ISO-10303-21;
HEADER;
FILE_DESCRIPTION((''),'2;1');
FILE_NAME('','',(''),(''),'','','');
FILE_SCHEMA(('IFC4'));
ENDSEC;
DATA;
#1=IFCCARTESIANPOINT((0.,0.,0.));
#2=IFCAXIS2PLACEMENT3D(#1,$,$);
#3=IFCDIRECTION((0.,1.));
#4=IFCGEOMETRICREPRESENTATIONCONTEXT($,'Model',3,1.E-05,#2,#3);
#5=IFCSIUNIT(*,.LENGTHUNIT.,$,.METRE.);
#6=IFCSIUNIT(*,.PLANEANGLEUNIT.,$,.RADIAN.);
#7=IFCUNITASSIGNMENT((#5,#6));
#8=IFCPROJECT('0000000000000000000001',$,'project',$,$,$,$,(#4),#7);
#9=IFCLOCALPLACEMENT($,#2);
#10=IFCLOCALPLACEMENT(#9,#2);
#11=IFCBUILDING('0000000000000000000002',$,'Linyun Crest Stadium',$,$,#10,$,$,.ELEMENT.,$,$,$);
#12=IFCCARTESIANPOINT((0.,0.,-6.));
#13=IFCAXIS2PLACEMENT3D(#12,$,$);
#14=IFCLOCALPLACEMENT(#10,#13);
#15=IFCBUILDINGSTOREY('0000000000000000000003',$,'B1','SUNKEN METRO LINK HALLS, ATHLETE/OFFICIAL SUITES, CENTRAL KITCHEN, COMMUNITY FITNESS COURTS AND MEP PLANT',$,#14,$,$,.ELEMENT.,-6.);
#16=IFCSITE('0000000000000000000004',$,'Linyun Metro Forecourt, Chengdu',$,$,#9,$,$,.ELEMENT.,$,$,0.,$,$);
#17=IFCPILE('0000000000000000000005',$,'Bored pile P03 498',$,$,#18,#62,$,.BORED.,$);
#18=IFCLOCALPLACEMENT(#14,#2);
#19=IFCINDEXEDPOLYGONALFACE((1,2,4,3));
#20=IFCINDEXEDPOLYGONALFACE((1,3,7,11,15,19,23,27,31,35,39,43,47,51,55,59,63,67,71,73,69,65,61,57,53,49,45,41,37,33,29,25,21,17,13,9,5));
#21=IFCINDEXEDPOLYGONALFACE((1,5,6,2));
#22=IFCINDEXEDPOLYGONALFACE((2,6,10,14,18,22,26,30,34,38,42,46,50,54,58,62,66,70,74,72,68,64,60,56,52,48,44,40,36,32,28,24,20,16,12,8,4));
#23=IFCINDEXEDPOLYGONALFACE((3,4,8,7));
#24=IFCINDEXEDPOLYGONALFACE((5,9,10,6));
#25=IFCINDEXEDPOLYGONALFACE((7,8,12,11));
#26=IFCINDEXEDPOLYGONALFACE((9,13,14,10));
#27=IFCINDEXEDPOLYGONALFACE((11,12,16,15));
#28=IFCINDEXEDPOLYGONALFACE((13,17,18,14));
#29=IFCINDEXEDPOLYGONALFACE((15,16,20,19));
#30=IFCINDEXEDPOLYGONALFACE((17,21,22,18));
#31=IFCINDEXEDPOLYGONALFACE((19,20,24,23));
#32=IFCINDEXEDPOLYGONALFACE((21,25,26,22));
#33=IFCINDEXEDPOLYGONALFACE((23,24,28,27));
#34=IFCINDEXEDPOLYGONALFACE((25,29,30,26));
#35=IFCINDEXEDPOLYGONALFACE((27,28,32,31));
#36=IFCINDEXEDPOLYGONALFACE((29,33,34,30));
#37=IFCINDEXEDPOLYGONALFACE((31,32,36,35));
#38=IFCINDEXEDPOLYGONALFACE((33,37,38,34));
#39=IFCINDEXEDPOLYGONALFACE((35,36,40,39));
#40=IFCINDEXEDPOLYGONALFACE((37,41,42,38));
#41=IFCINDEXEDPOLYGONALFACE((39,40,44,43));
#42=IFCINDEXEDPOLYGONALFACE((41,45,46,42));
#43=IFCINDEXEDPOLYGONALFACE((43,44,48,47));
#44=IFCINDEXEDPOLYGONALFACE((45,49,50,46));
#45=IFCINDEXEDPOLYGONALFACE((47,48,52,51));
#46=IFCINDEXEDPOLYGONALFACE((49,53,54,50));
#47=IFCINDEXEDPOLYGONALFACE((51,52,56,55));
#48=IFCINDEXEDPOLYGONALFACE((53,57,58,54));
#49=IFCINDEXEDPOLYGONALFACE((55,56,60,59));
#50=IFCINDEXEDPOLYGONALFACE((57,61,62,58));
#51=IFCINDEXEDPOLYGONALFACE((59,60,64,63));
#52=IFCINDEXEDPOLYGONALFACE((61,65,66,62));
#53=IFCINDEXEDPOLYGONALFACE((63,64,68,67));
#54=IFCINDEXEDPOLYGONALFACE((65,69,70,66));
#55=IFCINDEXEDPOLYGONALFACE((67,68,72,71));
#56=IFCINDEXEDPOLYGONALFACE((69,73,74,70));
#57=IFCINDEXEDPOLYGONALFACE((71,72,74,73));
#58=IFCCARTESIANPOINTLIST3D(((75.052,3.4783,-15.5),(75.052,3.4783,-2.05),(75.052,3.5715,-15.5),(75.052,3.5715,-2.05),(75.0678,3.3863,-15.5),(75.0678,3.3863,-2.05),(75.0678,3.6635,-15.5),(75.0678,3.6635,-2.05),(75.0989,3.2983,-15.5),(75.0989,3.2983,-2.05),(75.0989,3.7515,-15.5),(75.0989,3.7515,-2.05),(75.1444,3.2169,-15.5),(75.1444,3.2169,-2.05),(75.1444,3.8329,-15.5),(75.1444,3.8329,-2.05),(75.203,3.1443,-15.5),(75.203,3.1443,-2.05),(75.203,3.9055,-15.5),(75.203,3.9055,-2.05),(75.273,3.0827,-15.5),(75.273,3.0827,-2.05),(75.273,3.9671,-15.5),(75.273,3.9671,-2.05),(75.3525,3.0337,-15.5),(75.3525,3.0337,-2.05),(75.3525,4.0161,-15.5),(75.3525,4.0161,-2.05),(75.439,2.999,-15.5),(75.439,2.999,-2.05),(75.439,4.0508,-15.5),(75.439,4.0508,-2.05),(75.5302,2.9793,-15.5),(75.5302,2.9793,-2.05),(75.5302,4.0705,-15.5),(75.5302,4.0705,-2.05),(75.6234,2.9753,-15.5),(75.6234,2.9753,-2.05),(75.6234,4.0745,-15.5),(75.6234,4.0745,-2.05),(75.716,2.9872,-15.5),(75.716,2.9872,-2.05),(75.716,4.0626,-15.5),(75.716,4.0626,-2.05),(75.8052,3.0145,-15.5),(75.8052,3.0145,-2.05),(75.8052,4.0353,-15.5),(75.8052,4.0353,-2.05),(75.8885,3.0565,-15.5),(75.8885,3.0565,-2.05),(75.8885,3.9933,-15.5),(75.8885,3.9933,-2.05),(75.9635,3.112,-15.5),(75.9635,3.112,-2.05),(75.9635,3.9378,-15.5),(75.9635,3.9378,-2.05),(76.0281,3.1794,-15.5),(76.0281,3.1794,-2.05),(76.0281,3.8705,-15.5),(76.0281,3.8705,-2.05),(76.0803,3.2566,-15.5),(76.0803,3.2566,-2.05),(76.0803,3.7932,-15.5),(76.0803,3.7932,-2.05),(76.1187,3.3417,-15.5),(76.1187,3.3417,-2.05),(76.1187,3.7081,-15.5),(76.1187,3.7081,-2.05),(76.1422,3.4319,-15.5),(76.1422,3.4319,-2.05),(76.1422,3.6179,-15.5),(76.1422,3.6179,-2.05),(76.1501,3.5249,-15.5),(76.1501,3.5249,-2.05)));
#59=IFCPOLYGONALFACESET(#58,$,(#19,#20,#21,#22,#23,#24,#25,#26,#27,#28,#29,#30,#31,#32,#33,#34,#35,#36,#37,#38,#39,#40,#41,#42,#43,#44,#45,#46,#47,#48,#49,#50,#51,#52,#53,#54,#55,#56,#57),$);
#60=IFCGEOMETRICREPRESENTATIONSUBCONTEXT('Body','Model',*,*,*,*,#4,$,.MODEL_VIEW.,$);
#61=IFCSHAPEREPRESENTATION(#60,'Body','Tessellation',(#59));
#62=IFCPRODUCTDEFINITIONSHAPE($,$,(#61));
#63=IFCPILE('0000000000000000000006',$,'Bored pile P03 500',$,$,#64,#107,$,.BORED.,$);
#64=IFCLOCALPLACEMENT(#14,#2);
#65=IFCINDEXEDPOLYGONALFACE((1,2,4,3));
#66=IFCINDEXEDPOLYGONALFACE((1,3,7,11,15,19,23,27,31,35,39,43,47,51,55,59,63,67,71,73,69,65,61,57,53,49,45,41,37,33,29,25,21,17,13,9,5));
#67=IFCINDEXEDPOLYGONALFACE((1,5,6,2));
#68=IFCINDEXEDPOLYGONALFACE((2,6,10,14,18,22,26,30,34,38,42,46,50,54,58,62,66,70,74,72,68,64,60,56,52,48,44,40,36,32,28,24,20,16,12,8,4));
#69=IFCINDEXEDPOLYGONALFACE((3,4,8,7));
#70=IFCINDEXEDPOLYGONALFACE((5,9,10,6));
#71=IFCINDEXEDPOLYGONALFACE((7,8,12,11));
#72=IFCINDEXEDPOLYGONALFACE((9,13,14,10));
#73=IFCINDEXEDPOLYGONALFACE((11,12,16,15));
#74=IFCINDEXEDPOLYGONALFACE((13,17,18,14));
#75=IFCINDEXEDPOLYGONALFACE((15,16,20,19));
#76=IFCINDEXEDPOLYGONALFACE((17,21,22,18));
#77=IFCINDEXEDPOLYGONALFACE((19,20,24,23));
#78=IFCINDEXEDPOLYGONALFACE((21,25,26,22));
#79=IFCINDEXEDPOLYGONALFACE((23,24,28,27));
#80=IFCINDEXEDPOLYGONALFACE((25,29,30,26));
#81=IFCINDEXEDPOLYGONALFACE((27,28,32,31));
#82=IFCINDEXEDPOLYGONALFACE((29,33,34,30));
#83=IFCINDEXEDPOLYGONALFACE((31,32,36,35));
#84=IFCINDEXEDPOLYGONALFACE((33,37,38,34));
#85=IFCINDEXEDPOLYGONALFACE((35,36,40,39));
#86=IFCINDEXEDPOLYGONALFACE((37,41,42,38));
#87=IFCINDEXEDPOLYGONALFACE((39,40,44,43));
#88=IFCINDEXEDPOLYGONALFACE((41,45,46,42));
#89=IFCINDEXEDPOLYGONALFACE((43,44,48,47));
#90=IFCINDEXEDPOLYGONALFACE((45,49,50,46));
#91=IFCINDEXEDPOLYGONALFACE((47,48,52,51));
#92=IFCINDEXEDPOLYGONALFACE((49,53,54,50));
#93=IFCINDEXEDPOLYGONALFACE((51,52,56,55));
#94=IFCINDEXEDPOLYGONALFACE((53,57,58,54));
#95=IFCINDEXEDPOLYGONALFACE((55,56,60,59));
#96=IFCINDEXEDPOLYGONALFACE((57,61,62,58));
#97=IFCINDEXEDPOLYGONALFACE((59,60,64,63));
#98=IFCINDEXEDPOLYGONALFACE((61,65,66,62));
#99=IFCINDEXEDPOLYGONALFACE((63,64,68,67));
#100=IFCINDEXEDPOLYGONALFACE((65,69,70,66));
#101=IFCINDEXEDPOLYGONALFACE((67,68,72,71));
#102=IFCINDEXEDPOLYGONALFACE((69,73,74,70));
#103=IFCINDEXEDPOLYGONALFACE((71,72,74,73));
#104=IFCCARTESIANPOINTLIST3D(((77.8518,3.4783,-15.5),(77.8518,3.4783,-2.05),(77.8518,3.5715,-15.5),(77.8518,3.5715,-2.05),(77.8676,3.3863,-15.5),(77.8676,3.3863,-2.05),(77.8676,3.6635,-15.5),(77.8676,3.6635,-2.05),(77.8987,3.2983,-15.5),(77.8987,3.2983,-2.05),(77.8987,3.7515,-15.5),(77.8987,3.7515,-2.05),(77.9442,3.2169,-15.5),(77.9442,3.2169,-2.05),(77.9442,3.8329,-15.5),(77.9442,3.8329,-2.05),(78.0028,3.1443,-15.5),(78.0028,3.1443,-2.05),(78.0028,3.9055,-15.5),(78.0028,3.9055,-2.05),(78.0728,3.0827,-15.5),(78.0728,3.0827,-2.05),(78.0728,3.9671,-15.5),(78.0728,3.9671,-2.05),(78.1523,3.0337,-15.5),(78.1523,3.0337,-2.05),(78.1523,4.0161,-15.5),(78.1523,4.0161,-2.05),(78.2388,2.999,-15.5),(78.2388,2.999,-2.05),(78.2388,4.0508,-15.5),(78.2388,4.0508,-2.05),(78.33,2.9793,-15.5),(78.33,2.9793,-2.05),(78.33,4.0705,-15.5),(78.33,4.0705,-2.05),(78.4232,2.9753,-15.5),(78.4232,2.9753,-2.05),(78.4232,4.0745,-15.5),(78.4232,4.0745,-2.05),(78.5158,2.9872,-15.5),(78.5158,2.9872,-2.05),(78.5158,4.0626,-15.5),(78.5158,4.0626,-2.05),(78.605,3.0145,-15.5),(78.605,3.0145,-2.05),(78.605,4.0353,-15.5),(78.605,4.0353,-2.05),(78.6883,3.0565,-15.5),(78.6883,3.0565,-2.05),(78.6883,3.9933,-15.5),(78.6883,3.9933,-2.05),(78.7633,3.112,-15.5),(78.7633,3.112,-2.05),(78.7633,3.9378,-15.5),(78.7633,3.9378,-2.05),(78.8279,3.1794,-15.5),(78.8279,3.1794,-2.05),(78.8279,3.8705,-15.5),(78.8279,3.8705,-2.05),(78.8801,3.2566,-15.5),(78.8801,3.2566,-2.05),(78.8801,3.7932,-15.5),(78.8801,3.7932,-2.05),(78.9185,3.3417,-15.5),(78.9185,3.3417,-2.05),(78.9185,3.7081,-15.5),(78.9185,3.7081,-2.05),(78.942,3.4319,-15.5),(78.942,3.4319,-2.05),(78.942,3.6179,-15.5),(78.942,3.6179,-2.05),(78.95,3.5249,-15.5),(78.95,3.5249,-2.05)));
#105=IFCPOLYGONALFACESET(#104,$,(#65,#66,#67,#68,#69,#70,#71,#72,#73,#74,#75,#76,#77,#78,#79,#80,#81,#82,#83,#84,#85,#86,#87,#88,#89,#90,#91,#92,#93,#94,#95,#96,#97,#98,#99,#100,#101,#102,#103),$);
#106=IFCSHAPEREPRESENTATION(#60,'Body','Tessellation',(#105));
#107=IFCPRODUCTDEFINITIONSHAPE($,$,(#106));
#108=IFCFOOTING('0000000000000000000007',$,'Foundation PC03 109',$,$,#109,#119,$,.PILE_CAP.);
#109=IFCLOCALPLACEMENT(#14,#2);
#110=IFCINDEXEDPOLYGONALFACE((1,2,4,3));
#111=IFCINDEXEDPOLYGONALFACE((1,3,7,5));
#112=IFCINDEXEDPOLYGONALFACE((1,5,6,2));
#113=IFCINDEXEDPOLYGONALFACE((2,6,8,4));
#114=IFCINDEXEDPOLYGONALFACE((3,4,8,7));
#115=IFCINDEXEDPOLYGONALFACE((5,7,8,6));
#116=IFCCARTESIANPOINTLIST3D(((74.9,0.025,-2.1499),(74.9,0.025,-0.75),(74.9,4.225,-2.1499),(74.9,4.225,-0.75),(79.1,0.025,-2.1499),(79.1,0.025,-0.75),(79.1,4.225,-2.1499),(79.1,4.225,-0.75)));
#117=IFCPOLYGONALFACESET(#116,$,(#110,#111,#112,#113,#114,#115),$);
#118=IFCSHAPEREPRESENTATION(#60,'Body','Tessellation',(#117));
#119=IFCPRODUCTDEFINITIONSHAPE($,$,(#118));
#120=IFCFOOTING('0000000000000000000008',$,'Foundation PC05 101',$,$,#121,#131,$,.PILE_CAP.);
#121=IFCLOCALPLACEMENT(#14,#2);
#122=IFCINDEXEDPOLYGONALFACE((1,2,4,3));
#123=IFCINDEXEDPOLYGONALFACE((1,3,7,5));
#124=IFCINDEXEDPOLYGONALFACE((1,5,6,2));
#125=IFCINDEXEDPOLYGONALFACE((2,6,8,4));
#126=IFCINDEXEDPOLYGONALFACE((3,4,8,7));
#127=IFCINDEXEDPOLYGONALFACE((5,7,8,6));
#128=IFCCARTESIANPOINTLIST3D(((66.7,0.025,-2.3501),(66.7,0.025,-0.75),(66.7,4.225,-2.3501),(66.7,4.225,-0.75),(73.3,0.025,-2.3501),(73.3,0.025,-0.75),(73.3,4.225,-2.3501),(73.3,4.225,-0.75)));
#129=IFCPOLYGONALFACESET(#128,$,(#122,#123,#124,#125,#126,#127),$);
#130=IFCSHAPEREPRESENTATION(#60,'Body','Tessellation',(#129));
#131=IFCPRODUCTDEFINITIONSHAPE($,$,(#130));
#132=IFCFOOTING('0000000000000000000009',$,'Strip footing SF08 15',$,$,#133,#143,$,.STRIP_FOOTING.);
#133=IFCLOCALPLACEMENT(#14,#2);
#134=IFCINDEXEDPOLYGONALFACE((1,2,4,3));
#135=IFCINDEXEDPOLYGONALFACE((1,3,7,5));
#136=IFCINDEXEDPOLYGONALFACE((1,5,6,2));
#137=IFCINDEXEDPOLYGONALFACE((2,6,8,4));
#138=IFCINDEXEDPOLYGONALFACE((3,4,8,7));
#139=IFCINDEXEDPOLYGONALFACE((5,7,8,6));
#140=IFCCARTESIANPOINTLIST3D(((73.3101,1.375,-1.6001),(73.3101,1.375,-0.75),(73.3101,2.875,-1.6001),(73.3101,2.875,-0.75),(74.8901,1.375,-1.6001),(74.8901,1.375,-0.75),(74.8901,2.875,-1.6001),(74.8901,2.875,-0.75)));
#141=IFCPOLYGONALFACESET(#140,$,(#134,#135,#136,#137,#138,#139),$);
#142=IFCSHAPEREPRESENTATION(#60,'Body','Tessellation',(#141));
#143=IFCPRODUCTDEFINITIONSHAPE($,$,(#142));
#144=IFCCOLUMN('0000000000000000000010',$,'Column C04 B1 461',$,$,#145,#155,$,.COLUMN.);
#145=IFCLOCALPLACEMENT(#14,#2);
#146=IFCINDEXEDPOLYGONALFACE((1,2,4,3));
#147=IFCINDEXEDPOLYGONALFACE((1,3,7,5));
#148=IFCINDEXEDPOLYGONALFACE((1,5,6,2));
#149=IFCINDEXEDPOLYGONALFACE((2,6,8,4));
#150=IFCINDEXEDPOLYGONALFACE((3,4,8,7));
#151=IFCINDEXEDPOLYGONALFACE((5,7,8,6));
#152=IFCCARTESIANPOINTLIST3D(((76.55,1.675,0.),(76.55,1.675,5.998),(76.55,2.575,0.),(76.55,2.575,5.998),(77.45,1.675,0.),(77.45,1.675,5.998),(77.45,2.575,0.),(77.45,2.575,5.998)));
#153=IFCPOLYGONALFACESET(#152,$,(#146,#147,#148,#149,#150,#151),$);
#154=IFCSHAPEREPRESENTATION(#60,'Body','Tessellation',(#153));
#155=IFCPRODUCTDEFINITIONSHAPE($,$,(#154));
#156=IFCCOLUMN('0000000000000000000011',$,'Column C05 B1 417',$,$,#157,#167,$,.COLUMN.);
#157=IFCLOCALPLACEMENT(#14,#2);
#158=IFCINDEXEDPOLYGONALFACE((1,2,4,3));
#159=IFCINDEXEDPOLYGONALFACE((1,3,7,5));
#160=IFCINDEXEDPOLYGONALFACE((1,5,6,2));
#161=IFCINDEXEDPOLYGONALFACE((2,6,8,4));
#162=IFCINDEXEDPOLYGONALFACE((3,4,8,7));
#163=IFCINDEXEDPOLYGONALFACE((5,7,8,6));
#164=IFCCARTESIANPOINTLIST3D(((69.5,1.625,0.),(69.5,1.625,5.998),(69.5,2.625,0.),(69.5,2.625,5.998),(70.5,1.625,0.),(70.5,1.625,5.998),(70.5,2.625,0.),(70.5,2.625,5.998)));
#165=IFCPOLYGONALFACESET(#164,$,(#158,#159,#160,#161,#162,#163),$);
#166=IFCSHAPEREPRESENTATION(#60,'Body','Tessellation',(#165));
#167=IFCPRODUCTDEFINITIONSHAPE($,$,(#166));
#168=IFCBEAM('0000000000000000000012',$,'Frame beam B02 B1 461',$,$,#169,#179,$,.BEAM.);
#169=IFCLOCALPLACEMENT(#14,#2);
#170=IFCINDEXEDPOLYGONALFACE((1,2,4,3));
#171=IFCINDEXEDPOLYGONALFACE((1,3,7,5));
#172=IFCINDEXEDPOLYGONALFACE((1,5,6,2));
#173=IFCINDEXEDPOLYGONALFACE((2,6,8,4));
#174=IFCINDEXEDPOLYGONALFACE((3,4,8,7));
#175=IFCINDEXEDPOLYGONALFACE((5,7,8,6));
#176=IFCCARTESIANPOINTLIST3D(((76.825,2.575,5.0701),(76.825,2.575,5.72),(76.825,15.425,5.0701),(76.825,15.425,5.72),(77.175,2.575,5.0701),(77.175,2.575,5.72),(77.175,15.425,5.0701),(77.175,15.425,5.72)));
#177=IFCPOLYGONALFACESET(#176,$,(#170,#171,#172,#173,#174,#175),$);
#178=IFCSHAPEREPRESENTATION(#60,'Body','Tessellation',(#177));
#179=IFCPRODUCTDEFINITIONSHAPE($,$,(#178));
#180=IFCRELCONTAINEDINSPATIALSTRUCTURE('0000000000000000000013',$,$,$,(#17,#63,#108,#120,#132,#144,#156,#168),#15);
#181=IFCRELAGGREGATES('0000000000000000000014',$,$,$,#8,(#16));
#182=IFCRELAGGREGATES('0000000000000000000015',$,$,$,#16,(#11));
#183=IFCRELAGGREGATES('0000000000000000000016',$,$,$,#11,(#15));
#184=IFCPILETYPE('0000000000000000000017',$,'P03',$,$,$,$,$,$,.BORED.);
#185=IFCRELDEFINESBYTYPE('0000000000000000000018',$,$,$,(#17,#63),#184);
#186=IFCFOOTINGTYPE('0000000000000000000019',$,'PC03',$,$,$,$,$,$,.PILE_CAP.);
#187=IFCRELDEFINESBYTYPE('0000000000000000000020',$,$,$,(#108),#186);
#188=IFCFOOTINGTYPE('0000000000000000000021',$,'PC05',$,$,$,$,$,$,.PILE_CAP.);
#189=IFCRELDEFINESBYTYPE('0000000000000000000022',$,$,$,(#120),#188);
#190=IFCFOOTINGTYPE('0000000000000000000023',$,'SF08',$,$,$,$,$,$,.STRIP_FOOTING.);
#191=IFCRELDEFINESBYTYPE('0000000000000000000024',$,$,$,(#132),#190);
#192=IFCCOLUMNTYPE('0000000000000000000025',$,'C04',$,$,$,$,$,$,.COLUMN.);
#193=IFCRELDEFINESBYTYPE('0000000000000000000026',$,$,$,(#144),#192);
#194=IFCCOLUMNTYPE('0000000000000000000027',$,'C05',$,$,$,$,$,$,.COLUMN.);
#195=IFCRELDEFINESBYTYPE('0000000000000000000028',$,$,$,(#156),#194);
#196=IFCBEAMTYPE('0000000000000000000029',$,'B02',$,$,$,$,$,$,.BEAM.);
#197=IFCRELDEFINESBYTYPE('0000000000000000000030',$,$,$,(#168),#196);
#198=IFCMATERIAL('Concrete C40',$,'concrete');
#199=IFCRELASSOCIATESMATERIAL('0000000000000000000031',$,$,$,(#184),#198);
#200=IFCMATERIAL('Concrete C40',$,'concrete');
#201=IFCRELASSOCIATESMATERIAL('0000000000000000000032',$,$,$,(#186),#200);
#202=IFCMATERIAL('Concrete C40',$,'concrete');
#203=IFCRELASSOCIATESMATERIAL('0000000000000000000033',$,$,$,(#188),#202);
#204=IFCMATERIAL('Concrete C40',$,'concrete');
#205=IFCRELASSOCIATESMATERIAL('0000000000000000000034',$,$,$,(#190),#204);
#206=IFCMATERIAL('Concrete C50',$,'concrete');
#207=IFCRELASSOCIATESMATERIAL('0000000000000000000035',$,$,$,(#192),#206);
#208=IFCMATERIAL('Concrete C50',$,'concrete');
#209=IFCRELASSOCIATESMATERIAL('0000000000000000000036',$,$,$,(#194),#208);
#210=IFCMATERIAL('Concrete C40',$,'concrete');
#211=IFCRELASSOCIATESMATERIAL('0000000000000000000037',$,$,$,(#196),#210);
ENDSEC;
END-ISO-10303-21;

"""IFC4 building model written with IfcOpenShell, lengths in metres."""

from ifc_helpers import new_model, si_unit, direction, frame, origin, origin_2d, place, context, subcontext, project, spatial, rectangle, circle, extrude, material, material_profile, profile_set, type_object, element, save


model = new_model("IFC4")

# Units and contexts
model_context = context("Model", 3, precision=1e-05, world=origin(), true_north=direction((0.0, 1.0)))
body_context = subcontext(model_context, "Body", "Model", "MODEL_VIEW")
ifc_project = project(units=[si_unit("LENGTHUNIT", "METRE"), si_unit("PLANEANGLEUNIT", "RADIAN")], contexts=[model_context])

# Site, building, storey
site_placement = place(None, origin())
site = spatial("IfcSite", under=ifc_project, at=site_placement, Name="Linyun Metro Forecourt, Chengdu", CompositionType="ELEMENT", RefElevation=0.0)
building_placement = place(site_placement, origin())
building = spatial("IfcBuilding", under=site, at=building_placement, Name="Linyun Crest Stadium", CompositionType="ELEMENT")
storey_placement = place(building_placement, frame((0.0, 0.0, -6.0)))
storey = spatial("IfcBuildingStorey", under=building, at=storey_placement, Name="B1", Description="SUNKEN METRO LINK HALLS, ATHLETE/OFFICIAL SUITES, CENTRAL KITCHEN, COMMUNITY FITNESS COURTS AND MEP PLANT", CompositionType="ELEMENT", Elevation=-6.0)

# Piles
ifc_material_1 = material(Name="Concrete C40", Category="concrete")
ifc_material_profile_1 = material_profile(ifc_material_1, circle(Radius=0.55, at=origin_2d()), Name="BORED PILE 1100")
ifc_profile_set_1 = profile_set([ifc_material_profile_1], Name="Concrete C40")
pile_type = type_object("IfcPileType", Name="P03", PredefinedType="BORED", material=ifc_profile_set_1)
for number, where, z_axis, x_axis, name in (
    (1, (75.6001, 3.5249, -2.05), (0.0, 0.0, -1.0), (1.0, 0.0, 0.0), "Bored pile P03 498"),
    (2, (78.3999, 3.5249, -2.05), (0.0, 0.0, -1.0), (1.0, 0.0, 0.0), "Bored pile P03 500"),
):
    element("IfcPile", number, at=place(storey_placement, frame(where, z_axis=z_axis, x_axis=x_axis)), inside=storey, type_object=pile_type, Name=name, PredefinedType="BORED", context=body_context, shape_type="SweptSolid", body=[
        extrude(circle(Radius=0.55, at=origin_2d()), origin(), (0.0, 0.0, 1.0), 13.45),
    ])

# Footings
ifc_material_2 = material(Name="Concrete C40", Category="concrete")
footing_type_1 = type_object("IfcFootingType", Name="PC03", PredefinedType="PILE_CAP", material=ifc_material_2)
footing_1_placement = place(storey_placement, frame((77.0, 2.125, -2.1499), z_axis=(0.0, 0.0, 1.0), x_axis=(1.0, 0.0, 0.0)))
element("IfcFooting", 3, at=footing_1_placement, inside=storey, type_object=footing_type_1, Name="Foundation PC03 109", PredefinedType="PILE_CAP", context=body_context, shape_type="SweptSolid", body=[
    extrude(rectangle(XDim=4.2, YDim=4.2, at=origin_2d()), origin(), (0.0, 0.0, 1.0), 1.3999),
])
ifc_material_3 = material(Name="Concrete C40", Category="concrete")
footing_type_2 = type_object("IfcFootingType", Name="PC05", PredefinedType="PILE_CAP", material=ifc_material_3)
footing_2_placement = place(storey_placement, frame((70.0, 2.125, -2.3501), z_axis=(0.0, 0.0, 1.0), x_axis=(1.0, 0.0, 0.0)))
element("IfcFooting", 4, at=footing_2_placement, inside=storey, type_object=footing_type_2, Name="Foundation PC05 101", PredefinedType="PILE_CAP", context=body_context, shape_type="SweptSolid", body=[
    extrude(rectangle(XDim=6.6001, YDim=4.2, at=origin_2d()), origin(), (0.0, 0.0, 1.0), 1.6001),
])
ifc_material_4 = material(Name="Concrete C40", Category="concrete")
footing_type_3 = type_object("IfcFootingType", Name="SF08", PredefinedType="STRIP_FOOTING", material=ifc_material_4)
footing_3_placement = place(storey_placement, frame((74.1001, 2.125, -1.6001), z_axis=(0.0, 0.0, 1.0), x_axis=(1.0, 0.0, 0.0)))
element("IfcFooting", 5, at=footing_3_placement, inside=storey, type_object=footing_type_3, Name="Strip footing SF08 15", PredefinedType="STRIP_FOOTING", context=body_context, shape_type="SweptSolid", body=[
    extrude(rectangle(XDim=1.5801, YDim=1.5, at=origin_2d()), origin(), (0.0, 0.0, 1.0), 0.8501),
])

# Columns
ifc_material_5 = material(Name="Concrete C50", Category="concrete")
ifc_material_profile_2 = material_profile(ifc_material_5, rectangle(XDim=0.8999, YDim=0.8999, at=origin_2d()), Name="RC 900x900")
ifc_profile_set_2 = profile_set([ifc_material_profile_2], Name="Concrete C50")
column_type_1 = type_object("IfcColumnType", Name="C04", PredefinedType="COLUMN", material=ifc_profile_set_2)
column_1_placement = place(storey_placement, frame((77.0, 2.125, 0.0), z_axis=(0.0, 0.0, 1.0), x_axis=(1.0, 0.0, 0.0)))
element("IfcColumn", 6, at=column_1_placement, inside=storey, type_object=column_type_1, Name="Column C04 B1 461", PredefinedType="COLUMN", context=body_context, shape_type="SweptSolid", body=[
    extrude(rectangle(XDim=0.8999, YDim=0.8999, at=origin_2d()), origin(), (0.0, 0.0, 1.0), 5.998),
])
ifc_material_6 = material(Name="Concrete C50", Category="concrete")
ifc_material_profile_3 = material_profile(ifc_material_6, rectangle(XDim=1.0, YDim=1.0, at=origin_2d()), Name="RC 1000x1000")
ifc_profile_set_3 = profile_set([ifc_material_profile_3], Name="Concrete C50")
column_type_2 = type_object("IfcColumnType", Name="C05", PredefinedType="COLUMN", material=ifc_profile_set_3)
column_2_placement = place(storey_placement, frame((70.0, 2.125, 0.0), z_axis=(0.0, 0.0, 1.0), x_axis=(1.0, 0.0, 0.0)))
element("IfcColumn", 7, at=column_2_placement, inside=storey, type_object=column_type_2, Name="Column C05 B1 417", PredefinedType="COLUMN", context=body_context, shape_type="SweptSolid", body=[
    extrude(rectangle(XDim=1.0, YDim=1.0, at=origin_2d()), origin(), (0.0, 0.0, 1.0), 5.998),
])

# Beam
ifc_material_7 = material(Name="Concrete C40", Category="concrete")
ifc_material_profile_4 = material_profile(ifc_material_7, rectangle(XDim=0.3501, YDim=0.6499, at=origin_2d()), Name="RCB 650x350")
ifc_profile_set_4 = profile_set([ifc_material_profile_4], Name="Concrete C40")
beam_type = type_object("IfcBeamType", Name="B02", PredefinedType="BEAM", material=ifc_profile_set_4)
beam_placement = place(storey_placement, frame((77.0, 2.575, 5.395), z_axis=(0.0, 1.0, 0.0), x_axis=(-1.0, 0.0, 0.0)))
element("IfcBeam", 8, at=beam_placement, inside=storey, type_object=beam_type, Name="Frame beam B02 B1 461", PredefinedType="BEAM", context=body_context, shape_type="SweptSolid", body=[
    extrude(rectangle(XDim=0.3501, YDim=0.6499, at=origin_2d()), origin(), (0.0, 0.0, 1.0), 12.8501),
])

save(model, "model.ifc")
